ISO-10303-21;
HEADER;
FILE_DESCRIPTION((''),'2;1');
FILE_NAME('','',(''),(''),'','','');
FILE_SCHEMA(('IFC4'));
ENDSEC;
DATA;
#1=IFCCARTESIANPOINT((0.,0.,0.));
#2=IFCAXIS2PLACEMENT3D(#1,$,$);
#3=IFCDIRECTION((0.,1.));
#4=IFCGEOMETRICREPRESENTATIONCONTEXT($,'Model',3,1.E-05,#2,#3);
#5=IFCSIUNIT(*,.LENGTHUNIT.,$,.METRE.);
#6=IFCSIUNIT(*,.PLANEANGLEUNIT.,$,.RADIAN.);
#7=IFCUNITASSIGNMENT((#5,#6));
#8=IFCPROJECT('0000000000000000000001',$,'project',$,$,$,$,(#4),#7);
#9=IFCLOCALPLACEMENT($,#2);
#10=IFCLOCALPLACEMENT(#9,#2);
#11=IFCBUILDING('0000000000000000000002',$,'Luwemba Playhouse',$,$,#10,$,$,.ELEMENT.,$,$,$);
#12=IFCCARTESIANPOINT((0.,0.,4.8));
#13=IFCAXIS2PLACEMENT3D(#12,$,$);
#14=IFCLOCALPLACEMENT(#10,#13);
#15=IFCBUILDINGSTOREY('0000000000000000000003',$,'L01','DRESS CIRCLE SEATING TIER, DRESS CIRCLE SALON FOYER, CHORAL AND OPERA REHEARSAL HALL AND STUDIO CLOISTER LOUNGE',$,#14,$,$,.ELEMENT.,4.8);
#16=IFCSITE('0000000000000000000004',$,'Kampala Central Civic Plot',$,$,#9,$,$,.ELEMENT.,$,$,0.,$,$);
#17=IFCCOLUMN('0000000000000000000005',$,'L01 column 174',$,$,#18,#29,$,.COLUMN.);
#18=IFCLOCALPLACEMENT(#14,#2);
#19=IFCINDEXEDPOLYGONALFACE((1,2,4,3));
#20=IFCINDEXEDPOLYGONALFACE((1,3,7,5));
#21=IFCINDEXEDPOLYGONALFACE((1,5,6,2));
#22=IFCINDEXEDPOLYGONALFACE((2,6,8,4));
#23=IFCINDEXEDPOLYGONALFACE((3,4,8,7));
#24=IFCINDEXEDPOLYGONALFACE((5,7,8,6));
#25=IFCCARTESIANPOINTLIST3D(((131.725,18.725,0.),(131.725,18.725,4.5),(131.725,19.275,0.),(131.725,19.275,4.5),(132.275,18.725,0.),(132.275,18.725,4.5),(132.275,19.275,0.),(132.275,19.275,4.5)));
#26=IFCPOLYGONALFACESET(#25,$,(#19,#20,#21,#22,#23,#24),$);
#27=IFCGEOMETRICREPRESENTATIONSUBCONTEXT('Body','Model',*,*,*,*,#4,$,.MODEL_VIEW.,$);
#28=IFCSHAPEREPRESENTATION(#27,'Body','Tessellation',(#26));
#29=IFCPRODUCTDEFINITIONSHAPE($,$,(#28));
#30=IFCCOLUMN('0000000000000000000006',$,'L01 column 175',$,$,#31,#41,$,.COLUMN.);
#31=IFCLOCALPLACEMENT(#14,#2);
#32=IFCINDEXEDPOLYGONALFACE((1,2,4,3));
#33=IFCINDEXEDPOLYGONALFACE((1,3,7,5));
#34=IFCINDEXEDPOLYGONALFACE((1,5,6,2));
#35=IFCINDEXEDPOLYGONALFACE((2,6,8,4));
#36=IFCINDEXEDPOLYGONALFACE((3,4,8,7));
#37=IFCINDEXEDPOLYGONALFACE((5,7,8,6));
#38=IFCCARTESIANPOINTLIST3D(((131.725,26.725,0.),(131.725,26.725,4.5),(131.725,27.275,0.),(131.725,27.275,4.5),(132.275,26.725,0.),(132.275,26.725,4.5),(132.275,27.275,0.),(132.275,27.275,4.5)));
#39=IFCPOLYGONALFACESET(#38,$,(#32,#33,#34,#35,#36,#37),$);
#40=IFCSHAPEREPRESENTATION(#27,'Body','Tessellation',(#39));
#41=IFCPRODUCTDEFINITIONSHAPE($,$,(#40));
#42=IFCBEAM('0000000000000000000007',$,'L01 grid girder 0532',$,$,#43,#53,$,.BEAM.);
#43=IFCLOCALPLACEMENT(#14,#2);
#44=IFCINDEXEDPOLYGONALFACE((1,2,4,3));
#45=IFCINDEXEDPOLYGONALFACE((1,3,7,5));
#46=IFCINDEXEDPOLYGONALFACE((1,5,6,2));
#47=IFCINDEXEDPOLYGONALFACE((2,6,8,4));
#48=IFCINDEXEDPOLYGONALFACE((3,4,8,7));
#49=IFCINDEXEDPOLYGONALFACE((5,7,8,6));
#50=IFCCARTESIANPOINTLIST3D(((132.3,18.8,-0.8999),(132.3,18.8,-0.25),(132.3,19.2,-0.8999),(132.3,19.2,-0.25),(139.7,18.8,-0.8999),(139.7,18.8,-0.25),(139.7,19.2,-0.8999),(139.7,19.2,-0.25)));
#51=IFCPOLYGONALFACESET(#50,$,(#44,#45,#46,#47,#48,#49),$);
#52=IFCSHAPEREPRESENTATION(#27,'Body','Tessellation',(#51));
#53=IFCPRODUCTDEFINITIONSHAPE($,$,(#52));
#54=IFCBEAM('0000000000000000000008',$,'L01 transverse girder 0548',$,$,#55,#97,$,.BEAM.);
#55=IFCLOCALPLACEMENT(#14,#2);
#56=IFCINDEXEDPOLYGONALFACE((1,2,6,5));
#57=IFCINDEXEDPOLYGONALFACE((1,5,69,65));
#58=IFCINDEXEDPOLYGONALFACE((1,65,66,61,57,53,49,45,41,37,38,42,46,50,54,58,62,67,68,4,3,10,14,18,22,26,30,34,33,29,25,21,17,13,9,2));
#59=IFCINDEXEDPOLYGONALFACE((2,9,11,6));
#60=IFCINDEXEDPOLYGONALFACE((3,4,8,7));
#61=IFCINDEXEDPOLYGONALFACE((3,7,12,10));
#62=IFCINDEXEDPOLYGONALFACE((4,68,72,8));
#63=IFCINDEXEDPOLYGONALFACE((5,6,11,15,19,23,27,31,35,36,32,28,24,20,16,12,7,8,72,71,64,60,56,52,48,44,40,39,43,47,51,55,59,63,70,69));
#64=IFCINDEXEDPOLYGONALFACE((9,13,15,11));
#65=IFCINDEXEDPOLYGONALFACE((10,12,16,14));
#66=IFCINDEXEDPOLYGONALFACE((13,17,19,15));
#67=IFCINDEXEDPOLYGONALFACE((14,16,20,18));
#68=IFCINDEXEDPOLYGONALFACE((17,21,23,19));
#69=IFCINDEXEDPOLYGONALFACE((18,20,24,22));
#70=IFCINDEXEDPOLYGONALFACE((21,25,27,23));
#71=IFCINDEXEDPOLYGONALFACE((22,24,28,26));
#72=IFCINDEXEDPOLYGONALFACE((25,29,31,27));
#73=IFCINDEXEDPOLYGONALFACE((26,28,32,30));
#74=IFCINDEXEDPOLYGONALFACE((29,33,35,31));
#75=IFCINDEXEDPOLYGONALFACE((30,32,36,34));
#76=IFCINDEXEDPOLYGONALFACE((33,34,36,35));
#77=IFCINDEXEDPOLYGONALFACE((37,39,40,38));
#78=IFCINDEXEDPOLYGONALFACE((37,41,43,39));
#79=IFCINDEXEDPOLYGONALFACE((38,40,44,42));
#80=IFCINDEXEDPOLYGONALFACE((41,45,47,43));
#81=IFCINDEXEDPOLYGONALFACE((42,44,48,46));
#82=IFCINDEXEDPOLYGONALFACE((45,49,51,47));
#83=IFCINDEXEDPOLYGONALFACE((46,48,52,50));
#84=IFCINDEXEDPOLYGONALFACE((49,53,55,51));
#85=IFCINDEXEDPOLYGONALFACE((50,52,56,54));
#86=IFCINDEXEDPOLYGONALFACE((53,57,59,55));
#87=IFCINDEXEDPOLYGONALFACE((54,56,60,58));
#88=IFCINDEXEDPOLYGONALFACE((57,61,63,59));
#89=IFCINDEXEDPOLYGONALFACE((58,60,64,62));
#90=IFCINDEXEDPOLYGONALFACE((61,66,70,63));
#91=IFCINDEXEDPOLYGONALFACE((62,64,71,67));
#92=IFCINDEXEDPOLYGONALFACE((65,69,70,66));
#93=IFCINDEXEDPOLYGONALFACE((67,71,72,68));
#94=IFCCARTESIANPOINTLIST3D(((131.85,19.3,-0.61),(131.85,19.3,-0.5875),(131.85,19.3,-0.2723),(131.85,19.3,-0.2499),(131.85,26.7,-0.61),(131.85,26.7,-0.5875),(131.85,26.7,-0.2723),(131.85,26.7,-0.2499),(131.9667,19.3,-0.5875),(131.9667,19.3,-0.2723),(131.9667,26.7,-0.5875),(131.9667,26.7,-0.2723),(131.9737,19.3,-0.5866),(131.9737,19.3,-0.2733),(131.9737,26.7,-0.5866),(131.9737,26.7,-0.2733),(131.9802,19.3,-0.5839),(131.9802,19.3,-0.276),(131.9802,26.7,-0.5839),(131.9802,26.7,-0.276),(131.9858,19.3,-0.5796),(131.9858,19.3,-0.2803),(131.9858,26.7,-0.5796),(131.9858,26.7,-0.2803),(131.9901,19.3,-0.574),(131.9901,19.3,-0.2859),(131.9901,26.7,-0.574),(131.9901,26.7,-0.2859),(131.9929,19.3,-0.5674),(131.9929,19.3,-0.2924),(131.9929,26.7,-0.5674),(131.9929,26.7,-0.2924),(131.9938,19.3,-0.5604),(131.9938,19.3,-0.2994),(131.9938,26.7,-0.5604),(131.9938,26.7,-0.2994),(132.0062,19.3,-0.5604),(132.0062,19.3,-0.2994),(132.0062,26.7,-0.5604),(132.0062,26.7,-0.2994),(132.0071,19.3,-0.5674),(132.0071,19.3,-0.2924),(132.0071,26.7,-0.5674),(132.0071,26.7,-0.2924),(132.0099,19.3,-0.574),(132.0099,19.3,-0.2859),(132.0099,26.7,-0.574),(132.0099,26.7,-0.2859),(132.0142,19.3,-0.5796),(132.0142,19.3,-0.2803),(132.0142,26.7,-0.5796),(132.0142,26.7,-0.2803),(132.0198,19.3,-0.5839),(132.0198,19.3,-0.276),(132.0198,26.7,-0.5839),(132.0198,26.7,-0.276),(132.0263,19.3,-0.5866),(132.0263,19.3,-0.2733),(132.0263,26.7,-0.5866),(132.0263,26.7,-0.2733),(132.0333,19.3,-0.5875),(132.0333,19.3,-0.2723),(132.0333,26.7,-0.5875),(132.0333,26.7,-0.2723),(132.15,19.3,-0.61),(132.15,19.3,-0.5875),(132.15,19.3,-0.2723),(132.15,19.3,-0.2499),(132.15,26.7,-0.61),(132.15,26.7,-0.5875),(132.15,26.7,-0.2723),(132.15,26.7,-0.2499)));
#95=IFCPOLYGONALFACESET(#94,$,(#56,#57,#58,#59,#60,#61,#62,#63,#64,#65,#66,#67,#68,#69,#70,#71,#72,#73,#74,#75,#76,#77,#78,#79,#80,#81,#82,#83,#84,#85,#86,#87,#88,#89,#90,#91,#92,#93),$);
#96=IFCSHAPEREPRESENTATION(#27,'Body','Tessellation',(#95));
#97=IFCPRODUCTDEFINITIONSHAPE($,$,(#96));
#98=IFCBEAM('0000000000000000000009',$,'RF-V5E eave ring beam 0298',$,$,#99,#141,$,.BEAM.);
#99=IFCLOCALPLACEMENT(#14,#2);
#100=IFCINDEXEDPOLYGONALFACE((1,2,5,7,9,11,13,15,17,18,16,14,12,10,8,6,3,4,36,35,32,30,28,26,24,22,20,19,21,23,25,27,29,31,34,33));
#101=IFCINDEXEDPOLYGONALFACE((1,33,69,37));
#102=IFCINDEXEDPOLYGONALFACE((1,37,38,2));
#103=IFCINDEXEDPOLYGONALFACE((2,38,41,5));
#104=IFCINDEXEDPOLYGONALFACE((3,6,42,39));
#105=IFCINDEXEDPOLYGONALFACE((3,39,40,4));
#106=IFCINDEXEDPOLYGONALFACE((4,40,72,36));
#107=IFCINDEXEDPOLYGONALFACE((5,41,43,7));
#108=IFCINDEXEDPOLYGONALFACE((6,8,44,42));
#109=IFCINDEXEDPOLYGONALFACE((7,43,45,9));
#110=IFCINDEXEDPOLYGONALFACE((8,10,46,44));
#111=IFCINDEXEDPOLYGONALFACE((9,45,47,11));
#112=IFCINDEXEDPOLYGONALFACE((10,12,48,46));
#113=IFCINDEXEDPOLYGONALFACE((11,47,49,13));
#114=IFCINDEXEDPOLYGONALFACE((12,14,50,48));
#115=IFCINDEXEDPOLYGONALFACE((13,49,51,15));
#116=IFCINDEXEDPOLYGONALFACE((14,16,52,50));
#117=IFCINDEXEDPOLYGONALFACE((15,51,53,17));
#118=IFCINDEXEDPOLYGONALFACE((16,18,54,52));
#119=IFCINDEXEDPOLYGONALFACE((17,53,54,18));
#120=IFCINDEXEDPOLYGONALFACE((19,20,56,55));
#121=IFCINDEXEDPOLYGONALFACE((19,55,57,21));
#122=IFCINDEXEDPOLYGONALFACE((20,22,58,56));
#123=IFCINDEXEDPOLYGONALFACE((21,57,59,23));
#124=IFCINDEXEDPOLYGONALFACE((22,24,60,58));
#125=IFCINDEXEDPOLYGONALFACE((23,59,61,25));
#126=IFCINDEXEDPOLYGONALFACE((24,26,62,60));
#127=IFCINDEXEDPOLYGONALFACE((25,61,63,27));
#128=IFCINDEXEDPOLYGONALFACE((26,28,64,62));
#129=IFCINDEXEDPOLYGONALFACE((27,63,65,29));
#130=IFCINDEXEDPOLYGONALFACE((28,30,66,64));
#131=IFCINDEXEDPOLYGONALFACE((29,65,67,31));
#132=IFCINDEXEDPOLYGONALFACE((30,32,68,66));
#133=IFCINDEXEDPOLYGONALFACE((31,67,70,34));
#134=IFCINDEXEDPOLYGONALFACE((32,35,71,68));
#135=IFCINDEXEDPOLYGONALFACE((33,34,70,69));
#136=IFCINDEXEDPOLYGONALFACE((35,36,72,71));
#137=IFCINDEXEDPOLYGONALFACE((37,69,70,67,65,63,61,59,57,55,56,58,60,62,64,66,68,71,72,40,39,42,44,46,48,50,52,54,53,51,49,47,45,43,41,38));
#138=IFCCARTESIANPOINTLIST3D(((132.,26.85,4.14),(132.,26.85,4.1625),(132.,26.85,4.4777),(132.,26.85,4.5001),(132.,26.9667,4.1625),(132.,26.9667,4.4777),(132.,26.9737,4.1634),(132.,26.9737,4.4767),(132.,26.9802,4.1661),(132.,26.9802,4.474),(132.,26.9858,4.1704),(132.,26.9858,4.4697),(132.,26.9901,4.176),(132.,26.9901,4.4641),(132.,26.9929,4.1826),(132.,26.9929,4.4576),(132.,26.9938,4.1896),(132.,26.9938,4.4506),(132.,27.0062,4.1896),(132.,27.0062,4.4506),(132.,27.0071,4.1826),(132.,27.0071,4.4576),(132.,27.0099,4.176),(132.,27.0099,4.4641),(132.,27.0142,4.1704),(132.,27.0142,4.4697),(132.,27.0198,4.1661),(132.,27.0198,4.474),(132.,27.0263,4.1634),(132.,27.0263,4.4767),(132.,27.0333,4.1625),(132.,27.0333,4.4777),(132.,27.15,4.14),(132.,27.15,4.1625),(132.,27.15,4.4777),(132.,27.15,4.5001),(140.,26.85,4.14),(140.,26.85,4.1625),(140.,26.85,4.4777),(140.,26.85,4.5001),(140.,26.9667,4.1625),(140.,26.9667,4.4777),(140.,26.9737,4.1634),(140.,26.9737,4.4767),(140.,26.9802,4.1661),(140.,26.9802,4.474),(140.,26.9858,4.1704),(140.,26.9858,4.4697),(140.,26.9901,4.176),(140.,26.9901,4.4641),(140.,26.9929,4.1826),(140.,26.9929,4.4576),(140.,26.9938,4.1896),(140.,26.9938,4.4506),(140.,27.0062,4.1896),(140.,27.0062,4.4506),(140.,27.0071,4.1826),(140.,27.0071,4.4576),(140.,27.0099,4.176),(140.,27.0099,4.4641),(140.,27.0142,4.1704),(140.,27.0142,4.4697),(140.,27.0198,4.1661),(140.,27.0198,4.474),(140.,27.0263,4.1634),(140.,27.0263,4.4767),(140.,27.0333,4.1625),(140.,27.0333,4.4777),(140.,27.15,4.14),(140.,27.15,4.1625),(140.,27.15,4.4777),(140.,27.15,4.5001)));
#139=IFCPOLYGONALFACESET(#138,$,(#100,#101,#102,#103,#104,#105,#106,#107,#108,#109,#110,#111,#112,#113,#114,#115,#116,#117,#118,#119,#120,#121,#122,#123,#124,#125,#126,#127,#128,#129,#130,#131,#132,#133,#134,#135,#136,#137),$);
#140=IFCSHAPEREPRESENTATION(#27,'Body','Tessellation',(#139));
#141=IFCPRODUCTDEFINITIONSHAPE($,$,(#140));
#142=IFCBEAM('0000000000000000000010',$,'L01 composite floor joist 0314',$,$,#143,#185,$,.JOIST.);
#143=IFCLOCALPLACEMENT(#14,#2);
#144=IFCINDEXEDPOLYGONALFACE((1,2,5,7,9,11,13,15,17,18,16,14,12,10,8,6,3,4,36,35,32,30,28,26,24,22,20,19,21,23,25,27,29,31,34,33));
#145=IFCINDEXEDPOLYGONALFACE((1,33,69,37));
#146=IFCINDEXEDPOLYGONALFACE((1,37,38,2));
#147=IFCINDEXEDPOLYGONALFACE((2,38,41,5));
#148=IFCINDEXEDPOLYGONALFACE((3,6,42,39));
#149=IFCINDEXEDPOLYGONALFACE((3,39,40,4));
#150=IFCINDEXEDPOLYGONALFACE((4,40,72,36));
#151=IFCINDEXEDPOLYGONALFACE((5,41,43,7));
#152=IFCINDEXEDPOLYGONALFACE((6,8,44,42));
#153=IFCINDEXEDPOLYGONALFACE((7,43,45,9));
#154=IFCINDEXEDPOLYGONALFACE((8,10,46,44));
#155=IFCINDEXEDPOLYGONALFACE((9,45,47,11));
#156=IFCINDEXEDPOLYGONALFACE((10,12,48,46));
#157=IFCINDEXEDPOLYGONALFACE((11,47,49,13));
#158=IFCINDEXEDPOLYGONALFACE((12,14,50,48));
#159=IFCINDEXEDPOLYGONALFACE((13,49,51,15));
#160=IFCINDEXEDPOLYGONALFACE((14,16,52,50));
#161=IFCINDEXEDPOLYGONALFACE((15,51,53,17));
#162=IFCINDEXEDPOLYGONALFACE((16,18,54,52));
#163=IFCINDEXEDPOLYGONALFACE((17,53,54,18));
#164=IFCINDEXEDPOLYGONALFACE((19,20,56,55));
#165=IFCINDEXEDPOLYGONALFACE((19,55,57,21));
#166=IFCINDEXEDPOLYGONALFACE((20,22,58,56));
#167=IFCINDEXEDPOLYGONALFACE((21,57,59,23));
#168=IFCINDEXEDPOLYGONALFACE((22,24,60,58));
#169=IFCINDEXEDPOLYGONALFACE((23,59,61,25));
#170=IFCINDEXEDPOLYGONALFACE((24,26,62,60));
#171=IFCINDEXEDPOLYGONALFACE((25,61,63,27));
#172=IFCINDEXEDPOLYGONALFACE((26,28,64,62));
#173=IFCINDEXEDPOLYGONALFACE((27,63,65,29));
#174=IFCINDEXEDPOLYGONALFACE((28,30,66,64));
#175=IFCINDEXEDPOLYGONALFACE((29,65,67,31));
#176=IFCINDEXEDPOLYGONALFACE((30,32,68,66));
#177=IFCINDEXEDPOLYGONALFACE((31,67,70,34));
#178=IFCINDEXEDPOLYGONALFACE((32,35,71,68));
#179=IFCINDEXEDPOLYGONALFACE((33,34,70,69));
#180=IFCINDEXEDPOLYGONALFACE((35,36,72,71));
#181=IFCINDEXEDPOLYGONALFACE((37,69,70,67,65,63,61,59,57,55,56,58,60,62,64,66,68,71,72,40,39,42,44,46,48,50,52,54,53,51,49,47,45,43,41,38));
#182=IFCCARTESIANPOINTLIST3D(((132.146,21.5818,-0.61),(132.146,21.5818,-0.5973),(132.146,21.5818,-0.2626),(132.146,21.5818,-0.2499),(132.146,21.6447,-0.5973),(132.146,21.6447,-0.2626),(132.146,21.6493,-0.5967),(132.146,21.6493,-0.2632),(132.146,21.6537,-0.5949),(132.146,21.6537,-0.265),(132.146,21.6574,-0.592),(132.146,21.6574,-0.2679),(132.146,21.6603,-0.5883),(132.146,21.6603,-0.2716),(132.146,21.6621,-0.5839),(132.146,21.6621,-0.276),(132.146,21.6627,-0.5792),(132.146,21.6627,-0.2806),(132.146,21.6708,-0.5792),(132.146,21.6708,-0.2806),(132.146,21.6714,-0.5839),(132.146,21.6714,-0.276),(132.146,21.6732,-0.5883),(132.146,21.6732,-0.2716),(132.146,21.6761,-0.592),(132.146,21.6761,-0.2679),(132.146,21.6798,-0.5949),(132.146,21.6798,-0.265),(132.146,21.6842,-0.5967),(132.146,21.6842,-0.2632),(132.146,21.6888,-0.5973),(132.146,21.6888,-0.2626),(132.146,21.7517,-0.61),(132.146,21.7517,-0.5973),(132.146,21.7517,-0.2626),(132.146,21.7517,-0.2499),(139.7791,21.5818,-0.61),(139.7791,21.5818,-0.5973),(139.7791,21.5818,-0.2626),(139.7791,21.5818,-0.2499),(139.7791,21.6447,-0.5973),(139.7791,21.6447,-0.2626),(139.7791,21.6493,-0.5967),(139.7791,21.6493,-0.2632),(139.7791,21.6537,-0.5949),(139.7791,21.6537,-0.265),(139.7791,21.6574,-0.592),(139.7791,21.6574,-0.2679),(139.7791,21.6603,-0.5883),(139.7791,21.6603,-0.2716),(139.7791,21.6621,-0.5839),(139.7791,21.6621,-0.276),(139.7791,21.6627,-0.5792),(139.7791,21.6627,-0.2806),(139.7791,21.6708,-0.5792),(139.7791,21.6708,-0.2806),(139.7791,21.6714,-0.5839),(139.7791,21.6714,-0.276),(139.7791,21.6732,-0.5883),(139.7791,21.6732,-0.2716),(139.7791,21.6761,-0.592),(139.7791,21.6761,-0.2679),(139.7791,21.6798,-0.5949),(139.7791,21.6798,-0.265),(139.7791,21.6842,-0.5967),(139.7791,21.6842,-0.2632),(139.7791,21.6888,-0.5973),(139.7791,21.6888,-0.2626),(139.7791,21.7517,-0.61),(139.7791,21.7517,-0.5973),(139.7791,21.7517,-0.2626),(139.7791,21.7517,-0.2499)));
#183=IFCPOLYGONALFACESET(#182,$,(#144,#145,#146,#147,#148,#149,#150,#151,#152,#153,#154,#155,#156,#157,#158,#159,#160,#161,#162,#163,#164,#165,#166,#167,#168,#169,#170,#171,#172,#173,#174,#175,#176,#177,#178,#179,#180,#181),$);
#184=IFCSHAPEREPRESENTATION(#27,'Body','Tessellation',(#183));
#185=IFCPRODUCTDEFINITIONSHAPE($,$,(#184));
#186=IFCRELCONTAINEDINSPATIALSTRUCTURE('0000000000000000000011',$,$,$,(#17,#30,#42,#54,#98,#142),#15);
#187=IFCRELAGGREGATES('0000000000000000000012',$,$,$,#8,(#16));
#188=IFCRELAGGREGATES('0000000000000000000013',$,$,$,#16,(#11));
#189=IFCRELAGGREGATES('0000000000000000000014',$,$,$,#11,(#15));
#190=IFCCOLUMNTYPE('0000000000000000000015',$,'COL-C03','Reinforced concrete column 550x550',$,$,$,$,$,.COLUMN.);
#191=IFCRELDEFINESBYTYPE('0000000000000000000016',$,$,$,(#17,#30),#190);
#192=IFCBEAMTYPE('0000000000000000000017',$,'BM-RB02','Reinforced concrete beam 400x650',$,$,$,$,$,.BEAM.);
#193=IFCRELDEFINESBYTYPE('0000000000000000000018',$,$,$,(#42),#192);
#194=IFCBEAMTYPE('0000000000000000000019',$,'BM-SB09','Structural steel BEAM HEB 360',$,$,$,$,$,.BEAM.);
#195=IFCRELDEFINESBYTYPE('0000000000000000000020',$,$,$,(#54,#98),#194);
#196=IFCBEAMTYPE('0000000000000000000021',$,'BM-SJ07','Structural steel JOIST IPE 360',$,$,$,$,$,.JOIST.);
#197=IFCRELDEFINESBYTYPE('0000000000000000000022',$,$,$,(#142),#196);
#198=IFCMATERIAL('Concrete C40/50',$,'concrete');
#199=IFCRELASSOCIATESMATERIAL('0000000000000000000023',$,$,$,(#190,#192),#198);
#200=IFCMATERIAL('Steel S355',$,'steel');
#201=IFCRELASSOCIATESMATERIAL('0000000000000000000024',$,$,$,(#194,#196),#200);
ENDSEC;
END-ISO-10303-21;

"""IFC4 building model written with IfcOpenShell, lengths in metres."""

from ifc_helpers import new_model, si_unit, direction, frame, origin, origin_2d, place, context, subcontext, project, spatial, rectangle, i_section, extrude, material, material_profile, profile_set, type_object, element, save


model = new_model("IFC4")

# Units and contexts
model_context = context("Model", 3, precision=1e-05, world=origin(), true_north=direction((0.0, 1.0)))
body_context = subcontext(model_context, "Body", "Model", "MODEL_VIEW")
ifc_project = project(units=[si_unit("LENGTHUNIT", "METRE"), si_unit("PLANEANGLEUNIT", "RADIAN")], contexts=[model_context])

# Site, building, storey
site_placement = place(None, origin())
site = spatial("IfcSite", under=ifc_project, at=site_placement, Name="Kampala Central Civic Plot", CompositionType="ELEMENT", RefElevation=0.0)
building_placement = place(site_placement, origin())
building = spatial("IfcBuilding", under=site, at=building_placement, Name="Luwemba Playhouse", CompositionType="ELEMENT")
storey_placement = place(building_placement, frame((0.0, 0.0, 4.8)))
storey = spatial("IfcBuildingStorey", under=building, at=storey_placement, Name="L01", Description="DRESS CIRCLE SEATING TIER, DRESS CIRCLE SALON FOYER, CHORAL AND OPERA REHEARSAL HALL AND STUDIO CLOISTER LOUNGE", CompositionType="ELEMENT", Elevation=4.8)

# Columns
ifc_material_1 = material(Name="Concrete C40/50", Category="concrete")
ifc_material_profile_1 = material_profile(ifc_material_1, rectangle(XDim=0.55, YDim=0.55, at=origin_2d()))
ifc_profile_set_1 = profile_set([ifc_material_profile_1], Name="Concrete C40/50")
column_type = type_object("IfcColumnType", Name="COL-C03", Description="Reinforced concrete column 550x550", PredefinedType="COLUMN", material=ifc_profile_set_1)
for number, where, z_axis, x_axis, name in (
    (1, (132.0, 19.0, 0.0), (0.0, 0.0, 1.0), (1.0, 0.0, 0.0), "L01 column 174"),
    (2, (132.0, 27.0, 0.0), (0.0, 0.0, 1.0), (1.0, 0.0, 0.0), "L01 column 175"),
):
    element("IfcColumn", number, at=place(storey_placement, frame(where, z_axis=z_axis, x_axis=x_axis)), inside=storey, type_object=column_type, Name=name, PredefinedType="COLUMN", context=body_context, shape_type="SweptSolid", body=[
        extrude(rectangle(XDim=0.55, YDim=0.55, at=origin_2d()), origin(), (0.0, 0.0, 1.0), 4.5),
    ])

# Beams
ifc_material_profile_2 = material_profile(ifc_material_1, rectangle(XDim=0.3999, YDim=0.6499, at=origin_2d()))
ifc_profile_set_2 = profile_set([ifc_material_profile_2], Name="Concrete C40/50")
beam_type_1 = type_object("IfcBeamType", Name="BM-RB02", Description="Reinforced concrete beam 400x650", PredefinedType="BEAM", material=ifc_profile_set_2)
beam_1_placement = place(storey_placement, frame((132.3, 19.0, -0.575), z_axis=(1.0, 0.0, 0.0), x_axis=(0.0, 1.0, 0.0)))
element("IfcBeam", 3, at=beam_1_placement, inside=storey, type_object=beam_type_1, Name="L01 grid girder 0532", PredefinedType="BEAM", context=body_context, shape_type="SweptSolid", body=[
    extrude(rectangle(XDim=0.3999, YDim=0.6499, at=origin_2d()), origin(), (0.0, 0.0, 1.0), 7.3999),
])
ifc_material_2 = material(Name="Steel S355", Category="steel")
ifc_material_profile_3 = material_profile(ifc_material_2, i_section(OverallWidth=0.3, OverallDepth=0.3601, WebThickness=0.0125, FlangeThickness=0.0225, FilletRadius=0.0271, at=origin_2d()))
ifc_profile_set_3 = profile_set([ifc_material_profile_3], Name="Steel S355")
beam_type_2 = type_object("IfcBeamType", Name="BM-SB09", Description="Structural steel BEAM HEB 360", PredefinedType="BEAM", material=ifc_profile_set_3)
beam_2_placement = place(storey_placement, frame((132.0, 19.3, -0.4299), z_axis=(0.0, 1.0, 0.0), x_axis=(-1.0, 0.0, 0.0)))
element("IfcBeam", 4, at=beam_2_placement, inside=storey, type_object=beam_type_2, Name="L01 transverse girder 0548", PredefinedType="BEAM", context=body_context, shape_type="SweptSolid", body=[
    extrude(i_section(OverallWidth=0.3, OverallDepth=0.3601, WebThickness=0.0125, FlangeThickness=0.0225, FilletRadius=0.0271, at=origin_2d()), origin(), (0.0, 0.0, 1.0), 7.3999),
])
beam_3_placement = place(storey_placement, frame((132.0, 27.0, 4.3201), z_axis=(1.0, 0.0, 0.0), x_axis=(0.0, 1.0, 0.0)))
element("IfcBeam", 5, at=beam_3_placement, inside=storey, type_object=beam_type_2, Name="RF-V5E eave ring beam 0298", PredefinedType="BEAM", context=body_context, shape_type="SweptSolid", body=[
    extrude(i_section(OverallWidth=0.3, OverallDepth=0.3601, WebThickness=0.0125, FlangeThickness=0.0225, FilletRadius=0.0271, at=origin_2d()), origin(), (0.0, 0.0, 1.0), 8.0),
])
ifc_material_profile_4 = material_profile(ifc_material_2, i_section(OverallWidth=0.1699, OverallDepth=0.3601, WebThickness=0.0081, FlangeThickness=0.0127, FilletRadius=0.0181, at=origin_2d()))
ifc_profile_set_4 = profile_set([ifc_material_profile_4], Name="Steel S355")
beam_type_3 = type_object("IfcBeamType", Name="BM-SJ07", Description="Structural steel JOIST IPE 360", PredefinedType="JOIST", material=ifc_profile_set_4)
beam_4_placement = place(storey_placement, frame((132.146, 21.6667, -0.4299), z_axis=(1.0, 0.0, 0.0), x_axis=(0.0, 1.0, 0.0)))
element("IfcBeam", 6, at=beam_4_placement, inside=storey, type_object=beam_type_3, Name="L01 composite floor joist 0314", PredefinedType="JOIST", context=body_context, shape_type="SweptSolid", body=[
    extrude(i_section(OverallWidth=0.1699, OverallDepth=0.3601, WebThickness=0.0081, FlangeThickness=0.0127, FilletRadius=0.0181, at=origin_2d()), origin(), (0.0, 0.0, 1.0), 7.6331),
])

save(model, "model.ifc")
